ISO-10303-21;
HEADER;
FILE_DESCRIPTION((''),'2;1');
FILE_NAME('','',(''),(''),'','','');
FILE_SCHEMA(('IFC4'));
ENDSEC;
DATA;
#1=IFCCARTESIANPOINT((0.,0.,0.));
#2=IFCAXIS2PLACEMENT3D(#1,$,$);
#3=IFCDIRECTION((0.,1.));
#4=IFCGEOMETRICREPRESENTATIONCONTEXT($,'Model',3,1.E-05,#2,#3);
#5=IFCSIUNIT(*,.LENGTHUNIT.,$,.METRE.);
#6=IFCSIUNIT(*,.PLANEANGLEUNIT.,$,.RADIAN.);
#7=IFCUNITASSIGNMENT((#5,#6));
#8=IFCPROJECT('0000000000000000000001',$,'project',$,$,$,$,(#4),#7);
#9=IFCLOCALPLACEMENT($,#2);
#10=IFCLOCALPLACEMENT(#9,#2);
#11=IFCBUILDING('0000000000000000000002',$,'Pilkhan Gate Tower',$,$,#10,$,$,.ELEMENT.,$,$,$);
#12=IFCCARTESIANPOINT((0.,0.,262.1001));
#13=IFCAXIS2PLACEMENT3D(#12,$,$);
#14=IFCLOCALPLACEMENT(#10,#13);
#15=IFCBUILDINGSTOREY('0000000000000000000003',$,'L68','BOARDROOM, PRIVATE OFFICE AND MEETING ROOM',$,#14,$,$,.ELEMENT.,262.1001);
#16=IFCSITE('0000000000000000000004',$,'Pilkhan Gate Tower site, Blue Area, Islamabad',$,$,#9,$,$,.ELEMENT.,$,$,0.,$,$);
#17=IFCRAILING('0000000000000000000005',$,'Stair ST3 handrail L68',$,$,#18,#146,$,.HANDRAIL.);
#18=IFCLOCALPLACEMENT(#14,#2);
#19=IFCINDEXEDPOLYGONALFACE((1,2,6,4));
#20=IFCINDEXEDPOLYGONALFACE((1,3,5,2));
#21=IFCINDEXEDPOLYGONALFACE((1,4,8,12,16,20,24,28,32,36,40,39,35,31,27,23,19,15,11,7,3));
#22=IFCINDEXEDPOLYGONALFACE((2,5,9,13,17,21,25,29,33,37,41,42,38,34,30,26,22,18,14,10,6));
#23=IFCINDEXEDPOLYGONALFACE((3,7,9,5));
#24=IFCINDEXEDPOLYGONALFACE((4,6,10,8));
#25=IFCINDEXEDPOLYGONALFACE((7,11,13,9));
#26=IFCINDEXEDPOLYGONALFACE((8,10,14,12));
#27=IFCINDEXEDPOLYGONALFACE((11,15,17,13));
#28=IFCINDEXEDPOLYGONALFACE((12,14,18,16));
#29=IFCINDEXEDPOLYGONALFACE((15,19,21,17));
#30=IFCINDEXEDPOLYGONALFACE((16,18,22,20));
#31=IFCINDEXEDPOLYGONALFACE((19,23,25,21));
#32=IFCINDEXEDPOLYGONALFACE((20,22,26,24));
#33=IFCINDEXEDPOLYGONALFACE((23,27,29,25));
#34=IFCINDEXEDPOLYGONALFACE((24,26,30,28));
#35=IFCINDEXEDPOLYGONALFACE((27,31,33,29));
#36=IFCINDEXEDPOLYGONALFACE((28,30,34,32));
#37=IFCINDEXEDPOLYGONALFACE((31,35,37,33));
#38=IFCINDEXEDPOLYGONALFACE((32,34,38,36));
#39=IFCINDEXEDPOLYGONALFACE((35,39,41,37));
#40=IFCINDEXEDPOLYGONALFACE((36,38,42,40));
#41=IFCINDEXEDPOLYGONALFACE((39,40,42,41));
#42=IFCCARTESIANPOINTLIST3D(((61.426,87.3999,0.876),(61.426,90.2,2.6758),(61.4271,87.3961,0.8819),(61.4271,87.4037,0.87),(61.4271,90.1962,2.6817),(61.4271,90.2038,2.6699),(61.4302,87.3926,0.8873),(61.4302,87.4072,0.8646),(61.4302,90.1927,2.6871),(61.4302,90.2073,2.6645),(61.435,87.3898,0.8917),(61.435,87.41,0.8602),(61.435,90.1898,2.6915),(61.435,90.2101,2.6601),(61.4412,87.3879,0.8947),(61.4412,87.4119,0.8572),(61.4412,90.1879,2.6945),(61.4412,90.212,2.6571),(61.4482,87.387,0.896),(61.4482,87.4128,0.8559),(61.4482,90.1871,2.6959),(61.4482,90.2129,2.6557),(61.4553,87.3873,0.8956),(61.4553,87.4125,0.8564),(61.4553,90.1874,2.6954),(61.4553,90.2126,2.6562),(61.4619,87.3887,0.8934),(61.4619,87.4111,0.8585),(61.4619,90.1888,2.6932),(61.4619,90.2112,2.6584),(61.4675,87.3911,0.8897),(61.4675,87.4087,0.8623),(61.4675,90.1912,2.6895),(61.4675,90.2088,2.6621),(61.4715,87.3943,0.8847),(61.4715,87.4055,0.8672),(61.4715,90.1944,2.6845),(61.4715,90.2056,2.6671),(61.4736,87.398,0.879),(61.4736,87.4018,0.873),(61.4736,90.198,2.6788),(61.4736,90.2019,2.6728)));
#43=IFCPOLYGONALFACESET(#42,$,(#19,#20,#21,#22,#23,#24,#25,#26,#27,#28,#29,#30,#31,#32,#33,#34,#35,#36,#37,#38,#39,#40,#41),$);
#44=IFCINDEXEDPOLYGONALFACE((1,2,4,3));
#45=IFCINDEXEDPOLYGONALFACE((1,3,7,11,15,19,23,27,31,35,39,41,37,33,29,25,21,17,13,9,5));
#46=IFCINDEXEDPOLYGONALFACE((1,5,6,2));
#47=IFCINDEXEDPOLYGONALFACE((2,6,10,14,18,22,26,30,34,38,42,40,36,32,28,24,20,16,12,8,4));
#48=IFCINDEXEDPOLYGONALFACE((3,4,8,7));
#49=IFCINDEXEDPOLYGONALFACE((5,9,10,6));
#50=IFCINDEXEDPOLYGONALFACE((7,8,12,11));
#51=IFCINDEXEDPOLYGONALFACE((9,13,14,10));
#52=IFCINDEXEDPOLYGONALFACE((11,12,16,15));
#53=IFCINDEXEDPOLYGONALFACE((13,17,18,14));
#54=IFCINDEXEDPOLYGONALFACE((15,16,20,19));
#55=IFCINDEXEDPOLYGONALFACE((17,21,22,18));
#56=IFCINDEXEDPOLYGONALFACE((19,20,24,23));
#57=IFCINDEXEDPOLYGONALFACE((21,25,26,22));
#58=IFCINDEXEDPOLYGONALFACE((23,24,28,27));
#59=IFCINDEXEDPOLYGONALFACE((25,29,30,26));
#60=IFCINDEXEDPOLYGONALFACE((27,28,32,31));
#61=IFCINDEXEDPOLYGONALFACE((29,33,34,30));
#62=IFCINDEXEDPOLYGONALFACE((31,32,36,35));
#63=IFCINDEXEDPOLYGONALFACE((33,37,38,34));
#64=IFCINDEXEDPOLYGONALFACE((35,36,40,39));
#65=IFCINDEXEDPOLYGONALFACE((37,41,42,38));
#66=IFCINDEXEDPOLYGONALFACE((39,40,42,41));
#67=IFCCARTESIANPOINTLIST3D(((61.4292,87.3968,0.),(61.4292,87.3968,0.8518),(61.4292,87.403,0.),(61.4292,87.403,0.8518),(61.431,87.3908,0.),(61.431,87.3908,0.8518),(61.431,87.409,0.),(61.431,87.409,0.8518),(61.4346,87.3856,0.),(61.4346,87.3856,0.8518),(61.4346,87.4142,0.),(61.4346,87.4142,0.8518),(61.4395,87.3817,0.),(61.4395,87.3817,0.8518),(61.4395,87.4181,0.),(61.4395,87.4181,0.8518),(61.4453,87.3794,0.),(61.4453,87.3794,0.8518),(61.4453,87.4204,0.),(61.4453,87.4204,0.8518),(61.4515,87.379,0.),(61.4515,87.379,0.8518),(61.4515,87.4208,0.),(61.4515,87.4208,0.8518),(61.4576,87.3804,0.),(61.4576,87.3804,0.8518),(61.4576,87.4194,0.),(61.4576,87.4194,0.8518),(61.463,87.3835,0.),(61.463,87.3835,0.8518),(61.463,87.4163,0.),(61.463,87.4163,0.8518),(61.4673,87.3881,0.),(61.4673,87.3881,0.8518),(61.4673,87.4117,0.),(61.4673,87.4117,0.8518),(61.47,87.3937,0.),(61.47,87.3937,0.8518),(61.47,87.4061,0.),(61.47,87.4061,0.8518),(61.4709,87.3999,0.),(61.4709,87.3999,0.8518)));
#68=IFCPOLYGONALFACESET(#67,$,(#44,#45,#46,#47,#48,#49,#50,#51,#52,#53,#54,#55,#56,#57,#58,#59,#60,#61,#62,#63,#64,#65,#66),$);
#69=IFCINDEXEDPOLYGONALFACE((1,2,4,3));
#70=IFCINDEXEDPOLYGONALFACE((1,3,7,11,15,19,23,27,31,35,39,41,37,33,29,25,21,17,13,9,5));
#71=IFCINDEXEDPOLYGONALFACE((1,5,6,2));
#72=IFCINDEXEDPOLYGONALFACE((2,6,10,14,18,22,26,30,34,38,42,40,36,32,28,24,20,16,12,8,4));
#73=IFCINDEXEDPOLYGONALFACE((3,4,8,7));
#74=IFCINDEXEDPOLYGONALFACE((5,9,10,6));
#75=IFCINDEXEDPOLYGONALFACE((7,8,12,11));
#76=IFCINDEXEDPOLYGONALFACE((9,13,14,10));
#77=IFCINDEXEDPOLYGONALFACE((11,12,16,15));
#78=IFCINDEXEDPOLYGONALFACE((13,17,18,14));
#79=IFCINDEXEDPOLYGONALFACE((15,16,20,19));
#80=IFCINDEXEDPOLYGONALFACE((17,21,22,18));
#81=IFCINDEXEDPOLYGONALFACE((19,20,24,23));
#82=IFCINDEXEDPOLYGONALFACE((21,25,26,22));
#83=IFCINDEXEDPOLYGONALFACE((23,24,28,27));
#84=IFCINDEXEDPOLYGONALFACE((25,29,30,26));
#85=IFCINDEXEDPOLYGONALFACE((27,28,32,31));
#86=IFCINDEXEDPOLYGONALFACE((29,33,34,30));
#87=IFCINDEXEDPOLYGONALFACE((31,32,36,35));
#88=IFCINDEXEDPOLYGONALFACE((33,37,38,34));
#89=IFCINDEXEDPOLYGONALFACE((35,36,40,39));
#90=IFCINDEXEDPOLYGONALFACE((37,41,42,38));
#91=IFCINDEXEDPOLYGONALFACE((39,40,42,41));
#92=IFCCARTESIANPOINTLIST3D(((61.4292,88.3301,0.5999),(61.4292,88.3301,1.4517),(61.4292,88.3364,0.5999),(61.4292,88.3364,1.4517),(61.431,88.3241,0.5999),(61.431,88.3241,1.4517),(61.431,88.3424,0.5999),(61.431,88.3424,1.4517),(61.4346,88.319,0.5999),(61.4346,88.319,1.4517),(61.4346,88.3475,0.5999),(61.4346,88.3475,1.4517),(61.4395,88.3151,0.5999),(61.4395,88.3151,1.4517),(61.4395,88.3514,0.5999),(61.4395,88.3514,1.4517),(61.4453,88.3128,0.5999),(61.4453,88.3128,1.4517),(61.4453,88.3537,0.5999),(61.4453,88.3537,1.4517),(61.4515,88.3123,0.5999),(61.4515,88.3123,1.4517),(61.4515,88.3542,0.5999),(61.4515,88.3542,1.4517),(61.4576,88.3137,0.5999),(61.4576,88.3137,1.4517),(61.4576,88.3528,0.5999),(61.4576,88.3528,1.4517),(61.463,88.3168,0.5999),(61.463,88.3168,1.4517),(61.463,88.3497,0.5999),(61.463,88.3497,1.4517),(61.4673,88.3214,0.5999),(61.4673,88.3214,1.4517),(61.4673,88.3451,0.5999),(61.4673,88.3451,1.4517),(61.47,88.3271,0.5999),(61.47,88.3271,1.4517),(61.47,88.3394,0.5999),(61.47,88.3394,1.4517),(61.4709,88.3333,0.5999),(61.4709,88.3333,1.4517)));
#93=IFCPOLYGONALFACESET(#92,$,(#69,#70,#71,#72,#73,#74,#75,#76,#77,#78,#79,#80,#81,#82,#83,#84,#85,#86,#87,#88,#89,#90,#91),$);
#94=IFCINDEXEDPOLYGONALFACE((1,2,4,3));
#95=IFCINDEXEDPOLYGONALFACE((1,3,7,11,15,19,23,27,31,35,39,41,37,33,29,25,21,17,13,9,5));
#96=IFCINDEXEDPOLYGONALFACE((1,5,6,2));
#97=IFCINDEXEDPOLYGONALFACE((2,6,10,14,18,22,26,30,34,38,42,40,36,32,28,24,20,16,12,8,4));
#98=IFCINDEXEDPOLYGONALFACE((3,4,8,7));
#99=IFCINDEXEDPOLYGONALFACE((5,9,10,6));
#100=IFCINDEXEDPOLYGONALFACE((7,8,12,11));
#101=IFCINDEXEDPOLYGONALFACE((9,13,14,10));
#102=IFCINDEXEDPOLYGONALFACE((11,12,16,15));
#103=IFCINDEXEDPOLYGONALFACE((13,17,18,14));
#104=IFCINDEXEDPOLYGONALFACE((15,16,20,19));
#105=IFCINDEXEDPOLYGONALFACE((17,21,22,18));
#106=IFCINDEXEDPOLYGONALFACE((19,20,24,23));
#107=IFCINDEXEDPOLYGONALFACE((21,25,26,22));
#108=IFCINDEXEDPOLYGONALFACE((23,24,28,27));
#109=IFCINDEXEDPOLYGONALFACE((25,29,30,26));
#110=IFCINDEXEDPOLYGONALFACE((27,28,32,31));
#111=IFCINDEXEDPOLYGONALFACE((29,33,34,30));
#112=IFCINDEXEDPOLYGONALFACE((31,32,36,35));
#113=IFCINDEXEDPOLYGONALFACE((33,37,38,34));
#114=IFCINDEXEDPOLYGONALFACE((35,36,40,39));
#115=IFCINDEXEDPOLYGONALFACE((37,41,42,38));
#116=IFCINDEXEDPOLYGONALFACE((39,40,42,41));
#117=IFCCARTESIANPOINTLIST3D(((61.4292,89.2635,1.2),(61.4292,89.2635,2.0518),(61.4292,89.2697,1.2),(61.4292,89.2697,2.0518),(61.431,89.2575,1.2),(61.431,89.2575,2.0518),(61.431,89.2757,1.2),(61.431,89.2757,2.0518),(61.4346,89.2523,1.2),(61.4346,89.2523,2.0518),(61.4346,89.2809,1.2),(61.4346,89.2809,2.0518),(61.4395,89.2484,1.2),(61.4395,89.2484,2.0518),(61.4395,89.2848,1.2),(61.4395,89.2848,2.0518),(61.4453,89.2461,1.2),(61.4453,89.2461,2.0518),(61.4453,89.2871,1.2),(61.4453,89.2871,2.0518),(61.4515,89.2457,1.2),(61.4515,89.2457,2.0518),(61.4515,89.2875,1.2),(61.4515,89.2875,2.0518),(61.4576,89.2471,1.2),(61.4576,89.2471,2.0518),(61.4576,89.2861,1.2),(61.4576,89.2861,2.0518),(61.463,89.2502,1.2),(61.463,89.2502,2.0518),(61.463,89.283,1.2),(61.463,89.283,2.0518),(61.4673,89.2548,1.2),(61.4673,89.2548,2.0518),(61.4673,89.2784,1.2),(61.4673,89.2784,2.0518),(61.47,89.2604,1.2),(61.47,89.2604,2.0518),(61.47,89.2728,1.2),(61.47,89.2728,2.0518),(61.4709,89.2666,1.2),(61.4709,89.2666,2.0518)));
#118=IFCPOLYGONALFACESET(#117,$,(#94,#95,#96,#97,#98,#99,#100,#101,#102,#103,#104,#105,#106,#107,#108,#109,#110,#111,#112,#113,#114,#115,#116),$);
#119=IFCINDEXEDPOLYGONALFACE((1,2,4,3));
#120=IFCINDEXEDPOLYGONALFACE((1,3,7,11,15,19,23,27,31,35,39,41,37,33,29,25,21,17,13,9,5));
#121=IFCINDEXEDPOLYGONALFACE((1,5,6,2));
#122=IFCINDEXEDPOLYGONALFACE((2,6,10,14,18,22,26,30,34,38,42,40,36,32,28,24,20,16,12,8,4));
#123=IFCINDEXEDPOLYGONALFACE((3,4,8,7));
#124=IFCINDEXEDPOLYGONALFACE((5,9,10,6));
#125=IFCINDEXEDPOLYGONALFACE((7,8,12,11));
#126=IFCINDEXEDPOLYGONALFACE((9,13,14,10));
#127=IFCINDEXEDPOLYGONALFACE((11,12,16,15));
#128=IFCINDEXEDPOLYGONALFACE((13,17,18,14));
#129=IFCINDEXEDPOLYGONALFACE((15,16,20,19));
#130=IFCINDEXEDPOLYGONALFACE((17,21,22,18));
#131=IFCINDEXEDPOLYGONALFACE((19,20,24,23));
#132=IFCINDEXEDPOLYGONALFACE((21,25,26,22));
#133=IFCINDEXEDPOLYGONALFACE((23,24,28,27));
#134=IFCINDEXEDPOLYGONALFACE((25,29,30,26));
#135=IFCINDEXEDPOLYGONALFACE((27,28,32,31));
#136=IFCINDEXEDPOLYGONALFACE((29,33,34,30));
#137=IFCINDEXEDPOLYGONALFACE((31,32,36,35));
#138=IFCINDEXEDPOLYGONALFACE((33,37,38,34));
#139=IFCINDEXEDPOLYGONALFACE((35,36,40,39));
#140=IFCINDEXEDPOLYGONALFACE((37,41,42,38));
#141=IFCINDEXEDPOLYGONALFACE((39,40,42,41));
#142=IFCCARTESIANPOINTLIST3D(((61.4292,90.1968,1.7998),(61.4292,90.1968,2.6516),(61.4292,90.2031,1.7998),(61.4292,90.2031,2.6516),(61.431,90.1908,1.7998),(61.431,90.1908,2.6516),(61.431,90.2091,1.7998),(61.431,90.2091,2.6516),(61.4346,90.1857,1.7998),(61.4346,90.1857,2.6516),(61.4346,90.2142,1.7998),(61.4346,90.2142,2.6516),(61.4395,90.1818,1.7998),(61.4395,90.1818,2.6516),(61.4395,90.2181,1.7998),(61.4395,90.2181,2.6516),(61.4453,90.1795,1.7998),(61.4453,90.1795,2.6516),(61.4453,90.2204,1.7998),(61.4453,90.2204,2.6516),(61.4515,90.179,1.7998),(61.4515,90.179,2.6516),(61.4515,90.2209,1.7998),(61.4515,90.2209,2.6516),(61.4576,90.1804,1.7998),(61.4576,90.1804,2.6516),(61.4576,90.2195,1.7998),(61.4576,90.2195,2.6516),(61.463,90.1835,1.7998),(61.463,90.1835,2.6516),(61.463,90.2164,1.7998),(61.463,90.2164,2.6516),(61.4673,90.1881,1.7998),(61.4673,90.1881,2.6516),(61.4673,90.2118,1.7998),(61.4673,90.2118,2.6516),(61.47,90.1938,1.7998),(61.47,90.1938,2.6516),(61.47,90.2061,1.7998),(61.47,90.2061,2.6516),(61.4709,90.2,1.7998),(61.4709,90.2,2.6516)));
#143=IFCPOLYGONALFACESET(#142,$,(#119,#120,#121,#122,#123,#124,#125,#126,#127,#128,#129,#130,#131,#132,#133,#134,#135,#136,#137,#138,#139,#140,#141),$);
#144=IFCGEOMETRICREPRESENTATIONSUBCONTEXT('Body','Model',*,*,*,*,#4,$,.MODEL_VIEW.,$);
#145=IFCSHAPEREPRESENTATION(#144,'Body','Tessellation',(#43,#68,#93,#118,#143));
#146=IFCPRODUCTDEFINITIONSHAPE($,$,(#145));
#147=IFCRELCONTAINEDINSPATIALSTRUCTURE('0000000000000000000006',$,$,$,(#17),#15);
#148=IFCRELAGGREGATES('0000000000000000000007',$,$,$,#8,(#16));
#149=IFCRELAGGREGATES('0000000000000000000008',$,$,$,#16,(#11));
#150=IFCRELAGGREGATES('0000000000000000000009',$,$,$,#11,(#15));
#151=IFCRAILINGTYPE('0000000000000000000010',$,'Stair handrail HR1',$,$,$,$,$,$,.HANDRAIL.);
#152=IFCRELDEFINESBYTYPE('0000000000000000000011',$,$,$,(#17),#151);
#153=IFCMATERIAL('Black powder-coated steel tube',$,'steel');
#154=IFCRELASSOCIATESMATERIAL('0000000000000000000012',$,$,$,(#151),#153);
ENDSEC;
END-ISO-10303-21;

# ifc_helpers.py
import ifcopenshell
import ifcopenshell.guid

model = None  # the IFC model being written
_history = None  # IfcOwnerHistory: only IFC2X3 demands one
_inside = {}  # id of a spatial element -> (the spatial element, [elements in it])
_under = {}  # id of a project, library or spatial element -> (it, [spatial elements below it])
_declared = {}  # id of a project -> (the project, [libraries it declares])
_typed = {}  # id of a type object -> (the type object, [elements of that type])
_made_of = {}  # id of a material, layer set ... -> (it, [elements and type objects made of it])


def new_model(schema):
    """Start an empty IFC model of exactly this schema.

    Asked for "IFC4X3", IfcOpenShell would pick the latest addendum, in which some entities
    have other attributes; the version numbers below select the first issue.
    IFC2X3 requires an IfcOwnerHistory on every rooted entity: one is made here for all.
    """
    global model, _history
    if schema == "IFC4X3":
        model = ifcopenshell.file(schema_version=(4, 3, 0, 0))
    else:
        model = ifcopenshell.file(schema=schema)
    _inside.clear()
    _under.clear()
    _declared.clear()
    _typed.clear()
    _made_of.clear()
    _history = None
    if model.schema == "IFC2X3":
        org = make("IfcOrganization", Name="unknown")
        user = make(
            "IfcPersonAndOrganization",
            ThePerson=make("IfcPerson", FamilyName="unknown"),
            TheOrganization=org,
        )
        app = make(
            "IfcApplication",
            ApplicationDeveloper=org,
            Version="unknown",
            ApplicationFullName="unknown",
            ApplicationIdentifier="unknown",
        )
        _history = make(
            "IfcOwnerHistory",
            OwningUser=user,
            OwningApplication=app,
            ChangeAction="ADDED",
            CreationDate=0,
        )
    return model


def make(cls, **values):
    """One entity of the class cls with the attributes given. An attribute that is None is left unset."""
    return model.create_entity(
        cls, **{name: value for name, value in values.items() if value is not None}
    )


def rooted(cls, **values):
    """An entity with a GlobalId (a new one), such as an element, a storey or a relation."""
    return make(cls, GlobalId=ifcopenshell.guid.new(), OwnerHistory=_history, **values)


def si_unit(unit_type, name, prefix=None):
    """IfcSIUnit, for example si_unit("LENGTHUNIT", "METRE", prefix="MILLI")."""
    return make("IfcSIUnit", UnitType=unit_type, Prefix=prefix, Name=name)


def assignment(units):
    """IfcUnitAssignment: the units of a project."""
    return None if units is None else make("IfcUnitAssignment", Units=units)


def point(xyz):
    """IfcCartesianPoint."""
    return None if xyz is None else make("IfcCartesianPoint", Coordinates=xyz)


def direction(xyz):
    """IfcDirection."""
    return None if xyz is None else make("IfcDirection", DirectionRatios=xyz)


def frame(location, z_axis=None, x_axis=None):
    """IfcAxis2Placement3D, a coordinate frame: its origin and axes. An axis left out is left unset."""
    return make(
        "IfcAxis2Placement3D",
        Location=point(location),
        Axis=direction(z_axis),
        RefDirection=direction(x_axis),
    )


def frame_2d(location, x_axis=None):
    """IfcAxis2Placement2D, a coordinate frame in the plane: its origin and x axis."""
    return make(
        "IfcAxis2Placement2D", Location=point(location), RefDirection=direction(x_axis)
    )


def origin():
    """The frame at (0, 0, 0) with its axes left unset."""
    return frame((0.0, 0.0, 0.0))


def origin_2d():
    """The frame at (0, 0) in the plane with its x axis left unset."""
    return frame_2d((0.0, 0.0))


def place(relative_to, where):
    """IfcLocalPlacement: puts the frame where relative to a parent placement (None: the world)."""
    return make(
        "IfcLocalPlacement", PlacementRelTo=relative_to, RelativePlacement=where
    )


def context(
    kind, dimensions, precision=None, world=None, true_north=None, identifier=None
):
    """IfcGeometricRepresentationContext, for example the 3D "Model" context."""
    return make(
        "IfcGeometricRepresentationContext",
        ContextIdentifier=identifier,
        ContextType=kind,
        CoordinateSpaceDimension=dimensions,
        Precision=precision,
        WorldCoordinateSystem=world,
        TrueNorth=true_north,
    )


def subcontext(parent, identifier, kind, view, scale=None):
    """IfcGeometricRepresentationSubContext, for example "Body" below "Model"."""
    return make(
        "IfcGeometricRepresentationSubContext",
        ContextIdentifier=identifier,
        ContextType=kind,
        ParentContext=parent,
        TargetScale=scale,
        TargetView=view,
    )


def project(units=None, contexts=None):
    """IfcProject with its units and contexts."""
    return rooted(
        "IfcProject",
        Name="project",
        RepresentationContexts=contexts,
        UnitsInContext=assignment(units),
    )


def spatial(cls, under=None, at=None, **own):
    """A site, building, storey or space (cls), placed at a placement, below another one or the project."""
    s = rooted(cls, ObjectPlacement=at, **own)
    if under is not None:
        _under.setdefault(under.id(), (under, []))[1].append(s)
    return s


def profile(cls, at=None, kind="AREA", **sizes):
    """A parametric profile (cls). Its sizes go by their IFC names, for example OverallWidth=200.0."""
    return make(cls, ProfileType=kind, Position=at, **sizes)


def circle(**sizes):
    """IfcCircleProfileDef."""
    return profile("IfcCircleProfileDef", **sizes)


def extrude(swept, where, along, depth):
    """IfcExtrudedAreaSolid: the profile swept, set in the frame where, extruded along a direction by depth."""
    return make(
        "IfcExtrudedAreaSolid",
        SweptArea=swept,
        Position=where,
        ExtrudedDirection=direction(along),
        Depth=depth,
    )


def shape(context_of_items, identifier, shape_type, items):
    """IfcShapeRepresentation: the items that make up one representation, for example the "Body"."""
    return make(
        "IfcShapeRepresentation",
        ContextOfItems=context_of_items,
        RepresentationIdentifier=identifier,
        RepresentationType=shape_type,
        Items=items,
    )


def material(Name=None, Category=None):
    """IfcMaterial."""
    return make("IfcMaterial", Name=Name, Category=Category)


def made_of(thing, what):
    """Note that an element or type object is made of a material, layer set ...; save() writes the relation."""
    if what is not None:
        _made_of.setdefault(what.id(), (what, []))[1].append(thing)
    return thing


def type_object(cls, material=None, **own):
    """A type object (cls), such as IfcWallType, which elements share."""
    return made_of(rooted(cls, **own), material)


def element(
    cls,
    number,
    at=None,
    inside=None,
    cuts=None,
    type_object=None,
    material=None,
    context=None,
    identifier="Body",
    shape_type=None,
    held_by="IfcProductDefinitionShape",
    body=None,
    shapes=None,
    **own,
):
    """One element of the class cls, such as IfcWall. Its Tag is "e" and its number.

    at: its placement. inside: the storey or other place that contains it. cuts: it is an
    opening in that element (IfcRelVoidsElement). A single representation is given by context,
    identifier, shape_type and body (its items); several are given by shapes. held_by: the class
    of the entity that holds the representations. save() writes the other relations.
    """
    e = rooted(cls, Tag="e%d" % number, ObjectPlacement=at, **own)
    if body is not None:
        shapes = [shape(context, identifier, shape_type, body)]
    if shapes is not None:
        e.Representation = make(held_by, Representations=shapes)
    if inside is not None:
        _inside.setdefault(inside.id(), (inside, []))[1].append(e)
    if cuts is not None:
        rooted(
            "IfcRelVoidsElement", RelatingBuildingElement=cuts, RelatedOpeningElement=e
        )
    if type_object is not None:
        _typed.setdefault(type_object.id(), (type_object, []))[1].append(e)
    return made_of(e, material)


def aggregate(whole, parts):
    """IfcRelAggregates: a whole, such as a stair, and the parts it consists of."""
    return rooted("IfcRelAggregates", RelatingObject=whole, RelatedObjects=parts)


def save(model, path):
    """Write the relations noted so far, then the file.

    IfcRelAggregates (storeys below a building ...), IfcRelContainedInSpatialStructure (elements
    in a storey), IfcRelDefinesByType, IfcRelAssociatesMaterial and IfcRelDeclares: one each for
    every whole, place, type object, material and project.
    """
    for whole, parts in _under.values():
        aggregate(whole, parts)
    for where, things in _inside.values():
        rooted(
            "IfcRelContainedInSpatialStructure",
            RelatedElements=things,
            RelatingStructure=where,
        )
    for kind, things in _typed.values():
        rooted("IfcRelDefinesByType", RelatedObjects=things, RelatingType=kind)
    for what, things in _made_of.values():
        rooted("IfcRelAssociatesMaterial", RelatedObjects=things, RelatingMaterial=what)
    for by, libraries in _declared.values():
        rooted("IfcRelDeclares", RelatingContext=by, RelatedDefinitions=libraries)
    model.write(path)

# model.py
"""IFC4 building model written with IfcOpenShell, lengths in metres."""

from ifc_helpers import new_model, si_unit, direction, frame, origin, origin_2d, place, context, subcontext, project, spatial, circle, extrude, material, type_object, element, save


model = new_model("IFC4")

# Units and contexts
model_context = context("Model", 3, precision=1e-05, world=origin(), true_north=direction((0.0, 1.0)))
body_context = subcontext(model_context, "Body", "Model", "MODEL_VIEW")
ifc_project = project(units=[si_unit("LENGTHUNIT", "METRE"), si_unit("PLANEANGLEUNIT", "RADIAN")], contexts=[model_context])

# Site, building, storey
site_placement = place(None, origin())
site = spatial("IfcSite", under=ifc_project, at=site_placement, Name="Pilkhan Gate Tower site, Blue Area, Islamabad", CompositionType="ELEMENT", RefElevation=0.0)
building_placement = place(site_placement, origin())
building = spatial("IfcBuilding", under=site, at=building_placement, Name="Pilkhan Gate Tower", CompositionType="ELEMENT")
storey_placement = place(building_placement, frame((0.0, 0.0, 262.1001)))
storey = spatial("IfcBuildingStorey", under=building, at=storey_placement, Name="L68", Description="BOARDROOM, PRIVATE OFFICE AND MEETING ROOM", CompositionType="ELEMENT", Elevation=262.1001)

# Railing
ifc_material_1 = material(Name="Black powder-coated steel tube", Category="steel")
railing_type_1 = type_object("IfcRailingType", Name="Stair handrail HR1", PredefinedType="HANDRAIL", material=ifc_material_1)
railing_1_placement = place(storey_placement, frame((61.45, 87.3999, 0.0)))
element("IfcRailing", 1, at=railing_1_placement, inside=storey, type_object=railing_type_1, Name="Stair ST3 handrail L68", PredefinedType="HANDRAIL", context=body_context, shape_type="SweptSolid", body=[
    extrude(circle(Radius=0.0239, at=origin_2d()), frame((0.0, 0.0, 0.876), z_axis=(0.0, 0.841209, 0.540709), x_axis=(-1.0, 0.0, 0.0)), (0.0, 0.0, 1.0), 3.3286),
    extrude(circle(Radius=0.021, at=origin_2d()), origin(), (0.0, 0.0, 1.0), 0.8518),
    extrude(circle(Radius=0.021, at=origin_2d()), frame((0.0, 0.9333, 0.5999)), (0.0, 0.0, 1.0), 0.8518),
    extrude(circle(Radius=0.021, at=origin_2d()), frame((0.0, 1.8667, 1.2)), (0.0, 0.0, 1.0), 0.8518),
    extrude(circle(Radius=0.021, at=origin_2d()), frame((0.0, 2.8, 1.7998)), (0.0, 0.0, 1.0), 0.8518),
])

save(model, "model.ifc")
